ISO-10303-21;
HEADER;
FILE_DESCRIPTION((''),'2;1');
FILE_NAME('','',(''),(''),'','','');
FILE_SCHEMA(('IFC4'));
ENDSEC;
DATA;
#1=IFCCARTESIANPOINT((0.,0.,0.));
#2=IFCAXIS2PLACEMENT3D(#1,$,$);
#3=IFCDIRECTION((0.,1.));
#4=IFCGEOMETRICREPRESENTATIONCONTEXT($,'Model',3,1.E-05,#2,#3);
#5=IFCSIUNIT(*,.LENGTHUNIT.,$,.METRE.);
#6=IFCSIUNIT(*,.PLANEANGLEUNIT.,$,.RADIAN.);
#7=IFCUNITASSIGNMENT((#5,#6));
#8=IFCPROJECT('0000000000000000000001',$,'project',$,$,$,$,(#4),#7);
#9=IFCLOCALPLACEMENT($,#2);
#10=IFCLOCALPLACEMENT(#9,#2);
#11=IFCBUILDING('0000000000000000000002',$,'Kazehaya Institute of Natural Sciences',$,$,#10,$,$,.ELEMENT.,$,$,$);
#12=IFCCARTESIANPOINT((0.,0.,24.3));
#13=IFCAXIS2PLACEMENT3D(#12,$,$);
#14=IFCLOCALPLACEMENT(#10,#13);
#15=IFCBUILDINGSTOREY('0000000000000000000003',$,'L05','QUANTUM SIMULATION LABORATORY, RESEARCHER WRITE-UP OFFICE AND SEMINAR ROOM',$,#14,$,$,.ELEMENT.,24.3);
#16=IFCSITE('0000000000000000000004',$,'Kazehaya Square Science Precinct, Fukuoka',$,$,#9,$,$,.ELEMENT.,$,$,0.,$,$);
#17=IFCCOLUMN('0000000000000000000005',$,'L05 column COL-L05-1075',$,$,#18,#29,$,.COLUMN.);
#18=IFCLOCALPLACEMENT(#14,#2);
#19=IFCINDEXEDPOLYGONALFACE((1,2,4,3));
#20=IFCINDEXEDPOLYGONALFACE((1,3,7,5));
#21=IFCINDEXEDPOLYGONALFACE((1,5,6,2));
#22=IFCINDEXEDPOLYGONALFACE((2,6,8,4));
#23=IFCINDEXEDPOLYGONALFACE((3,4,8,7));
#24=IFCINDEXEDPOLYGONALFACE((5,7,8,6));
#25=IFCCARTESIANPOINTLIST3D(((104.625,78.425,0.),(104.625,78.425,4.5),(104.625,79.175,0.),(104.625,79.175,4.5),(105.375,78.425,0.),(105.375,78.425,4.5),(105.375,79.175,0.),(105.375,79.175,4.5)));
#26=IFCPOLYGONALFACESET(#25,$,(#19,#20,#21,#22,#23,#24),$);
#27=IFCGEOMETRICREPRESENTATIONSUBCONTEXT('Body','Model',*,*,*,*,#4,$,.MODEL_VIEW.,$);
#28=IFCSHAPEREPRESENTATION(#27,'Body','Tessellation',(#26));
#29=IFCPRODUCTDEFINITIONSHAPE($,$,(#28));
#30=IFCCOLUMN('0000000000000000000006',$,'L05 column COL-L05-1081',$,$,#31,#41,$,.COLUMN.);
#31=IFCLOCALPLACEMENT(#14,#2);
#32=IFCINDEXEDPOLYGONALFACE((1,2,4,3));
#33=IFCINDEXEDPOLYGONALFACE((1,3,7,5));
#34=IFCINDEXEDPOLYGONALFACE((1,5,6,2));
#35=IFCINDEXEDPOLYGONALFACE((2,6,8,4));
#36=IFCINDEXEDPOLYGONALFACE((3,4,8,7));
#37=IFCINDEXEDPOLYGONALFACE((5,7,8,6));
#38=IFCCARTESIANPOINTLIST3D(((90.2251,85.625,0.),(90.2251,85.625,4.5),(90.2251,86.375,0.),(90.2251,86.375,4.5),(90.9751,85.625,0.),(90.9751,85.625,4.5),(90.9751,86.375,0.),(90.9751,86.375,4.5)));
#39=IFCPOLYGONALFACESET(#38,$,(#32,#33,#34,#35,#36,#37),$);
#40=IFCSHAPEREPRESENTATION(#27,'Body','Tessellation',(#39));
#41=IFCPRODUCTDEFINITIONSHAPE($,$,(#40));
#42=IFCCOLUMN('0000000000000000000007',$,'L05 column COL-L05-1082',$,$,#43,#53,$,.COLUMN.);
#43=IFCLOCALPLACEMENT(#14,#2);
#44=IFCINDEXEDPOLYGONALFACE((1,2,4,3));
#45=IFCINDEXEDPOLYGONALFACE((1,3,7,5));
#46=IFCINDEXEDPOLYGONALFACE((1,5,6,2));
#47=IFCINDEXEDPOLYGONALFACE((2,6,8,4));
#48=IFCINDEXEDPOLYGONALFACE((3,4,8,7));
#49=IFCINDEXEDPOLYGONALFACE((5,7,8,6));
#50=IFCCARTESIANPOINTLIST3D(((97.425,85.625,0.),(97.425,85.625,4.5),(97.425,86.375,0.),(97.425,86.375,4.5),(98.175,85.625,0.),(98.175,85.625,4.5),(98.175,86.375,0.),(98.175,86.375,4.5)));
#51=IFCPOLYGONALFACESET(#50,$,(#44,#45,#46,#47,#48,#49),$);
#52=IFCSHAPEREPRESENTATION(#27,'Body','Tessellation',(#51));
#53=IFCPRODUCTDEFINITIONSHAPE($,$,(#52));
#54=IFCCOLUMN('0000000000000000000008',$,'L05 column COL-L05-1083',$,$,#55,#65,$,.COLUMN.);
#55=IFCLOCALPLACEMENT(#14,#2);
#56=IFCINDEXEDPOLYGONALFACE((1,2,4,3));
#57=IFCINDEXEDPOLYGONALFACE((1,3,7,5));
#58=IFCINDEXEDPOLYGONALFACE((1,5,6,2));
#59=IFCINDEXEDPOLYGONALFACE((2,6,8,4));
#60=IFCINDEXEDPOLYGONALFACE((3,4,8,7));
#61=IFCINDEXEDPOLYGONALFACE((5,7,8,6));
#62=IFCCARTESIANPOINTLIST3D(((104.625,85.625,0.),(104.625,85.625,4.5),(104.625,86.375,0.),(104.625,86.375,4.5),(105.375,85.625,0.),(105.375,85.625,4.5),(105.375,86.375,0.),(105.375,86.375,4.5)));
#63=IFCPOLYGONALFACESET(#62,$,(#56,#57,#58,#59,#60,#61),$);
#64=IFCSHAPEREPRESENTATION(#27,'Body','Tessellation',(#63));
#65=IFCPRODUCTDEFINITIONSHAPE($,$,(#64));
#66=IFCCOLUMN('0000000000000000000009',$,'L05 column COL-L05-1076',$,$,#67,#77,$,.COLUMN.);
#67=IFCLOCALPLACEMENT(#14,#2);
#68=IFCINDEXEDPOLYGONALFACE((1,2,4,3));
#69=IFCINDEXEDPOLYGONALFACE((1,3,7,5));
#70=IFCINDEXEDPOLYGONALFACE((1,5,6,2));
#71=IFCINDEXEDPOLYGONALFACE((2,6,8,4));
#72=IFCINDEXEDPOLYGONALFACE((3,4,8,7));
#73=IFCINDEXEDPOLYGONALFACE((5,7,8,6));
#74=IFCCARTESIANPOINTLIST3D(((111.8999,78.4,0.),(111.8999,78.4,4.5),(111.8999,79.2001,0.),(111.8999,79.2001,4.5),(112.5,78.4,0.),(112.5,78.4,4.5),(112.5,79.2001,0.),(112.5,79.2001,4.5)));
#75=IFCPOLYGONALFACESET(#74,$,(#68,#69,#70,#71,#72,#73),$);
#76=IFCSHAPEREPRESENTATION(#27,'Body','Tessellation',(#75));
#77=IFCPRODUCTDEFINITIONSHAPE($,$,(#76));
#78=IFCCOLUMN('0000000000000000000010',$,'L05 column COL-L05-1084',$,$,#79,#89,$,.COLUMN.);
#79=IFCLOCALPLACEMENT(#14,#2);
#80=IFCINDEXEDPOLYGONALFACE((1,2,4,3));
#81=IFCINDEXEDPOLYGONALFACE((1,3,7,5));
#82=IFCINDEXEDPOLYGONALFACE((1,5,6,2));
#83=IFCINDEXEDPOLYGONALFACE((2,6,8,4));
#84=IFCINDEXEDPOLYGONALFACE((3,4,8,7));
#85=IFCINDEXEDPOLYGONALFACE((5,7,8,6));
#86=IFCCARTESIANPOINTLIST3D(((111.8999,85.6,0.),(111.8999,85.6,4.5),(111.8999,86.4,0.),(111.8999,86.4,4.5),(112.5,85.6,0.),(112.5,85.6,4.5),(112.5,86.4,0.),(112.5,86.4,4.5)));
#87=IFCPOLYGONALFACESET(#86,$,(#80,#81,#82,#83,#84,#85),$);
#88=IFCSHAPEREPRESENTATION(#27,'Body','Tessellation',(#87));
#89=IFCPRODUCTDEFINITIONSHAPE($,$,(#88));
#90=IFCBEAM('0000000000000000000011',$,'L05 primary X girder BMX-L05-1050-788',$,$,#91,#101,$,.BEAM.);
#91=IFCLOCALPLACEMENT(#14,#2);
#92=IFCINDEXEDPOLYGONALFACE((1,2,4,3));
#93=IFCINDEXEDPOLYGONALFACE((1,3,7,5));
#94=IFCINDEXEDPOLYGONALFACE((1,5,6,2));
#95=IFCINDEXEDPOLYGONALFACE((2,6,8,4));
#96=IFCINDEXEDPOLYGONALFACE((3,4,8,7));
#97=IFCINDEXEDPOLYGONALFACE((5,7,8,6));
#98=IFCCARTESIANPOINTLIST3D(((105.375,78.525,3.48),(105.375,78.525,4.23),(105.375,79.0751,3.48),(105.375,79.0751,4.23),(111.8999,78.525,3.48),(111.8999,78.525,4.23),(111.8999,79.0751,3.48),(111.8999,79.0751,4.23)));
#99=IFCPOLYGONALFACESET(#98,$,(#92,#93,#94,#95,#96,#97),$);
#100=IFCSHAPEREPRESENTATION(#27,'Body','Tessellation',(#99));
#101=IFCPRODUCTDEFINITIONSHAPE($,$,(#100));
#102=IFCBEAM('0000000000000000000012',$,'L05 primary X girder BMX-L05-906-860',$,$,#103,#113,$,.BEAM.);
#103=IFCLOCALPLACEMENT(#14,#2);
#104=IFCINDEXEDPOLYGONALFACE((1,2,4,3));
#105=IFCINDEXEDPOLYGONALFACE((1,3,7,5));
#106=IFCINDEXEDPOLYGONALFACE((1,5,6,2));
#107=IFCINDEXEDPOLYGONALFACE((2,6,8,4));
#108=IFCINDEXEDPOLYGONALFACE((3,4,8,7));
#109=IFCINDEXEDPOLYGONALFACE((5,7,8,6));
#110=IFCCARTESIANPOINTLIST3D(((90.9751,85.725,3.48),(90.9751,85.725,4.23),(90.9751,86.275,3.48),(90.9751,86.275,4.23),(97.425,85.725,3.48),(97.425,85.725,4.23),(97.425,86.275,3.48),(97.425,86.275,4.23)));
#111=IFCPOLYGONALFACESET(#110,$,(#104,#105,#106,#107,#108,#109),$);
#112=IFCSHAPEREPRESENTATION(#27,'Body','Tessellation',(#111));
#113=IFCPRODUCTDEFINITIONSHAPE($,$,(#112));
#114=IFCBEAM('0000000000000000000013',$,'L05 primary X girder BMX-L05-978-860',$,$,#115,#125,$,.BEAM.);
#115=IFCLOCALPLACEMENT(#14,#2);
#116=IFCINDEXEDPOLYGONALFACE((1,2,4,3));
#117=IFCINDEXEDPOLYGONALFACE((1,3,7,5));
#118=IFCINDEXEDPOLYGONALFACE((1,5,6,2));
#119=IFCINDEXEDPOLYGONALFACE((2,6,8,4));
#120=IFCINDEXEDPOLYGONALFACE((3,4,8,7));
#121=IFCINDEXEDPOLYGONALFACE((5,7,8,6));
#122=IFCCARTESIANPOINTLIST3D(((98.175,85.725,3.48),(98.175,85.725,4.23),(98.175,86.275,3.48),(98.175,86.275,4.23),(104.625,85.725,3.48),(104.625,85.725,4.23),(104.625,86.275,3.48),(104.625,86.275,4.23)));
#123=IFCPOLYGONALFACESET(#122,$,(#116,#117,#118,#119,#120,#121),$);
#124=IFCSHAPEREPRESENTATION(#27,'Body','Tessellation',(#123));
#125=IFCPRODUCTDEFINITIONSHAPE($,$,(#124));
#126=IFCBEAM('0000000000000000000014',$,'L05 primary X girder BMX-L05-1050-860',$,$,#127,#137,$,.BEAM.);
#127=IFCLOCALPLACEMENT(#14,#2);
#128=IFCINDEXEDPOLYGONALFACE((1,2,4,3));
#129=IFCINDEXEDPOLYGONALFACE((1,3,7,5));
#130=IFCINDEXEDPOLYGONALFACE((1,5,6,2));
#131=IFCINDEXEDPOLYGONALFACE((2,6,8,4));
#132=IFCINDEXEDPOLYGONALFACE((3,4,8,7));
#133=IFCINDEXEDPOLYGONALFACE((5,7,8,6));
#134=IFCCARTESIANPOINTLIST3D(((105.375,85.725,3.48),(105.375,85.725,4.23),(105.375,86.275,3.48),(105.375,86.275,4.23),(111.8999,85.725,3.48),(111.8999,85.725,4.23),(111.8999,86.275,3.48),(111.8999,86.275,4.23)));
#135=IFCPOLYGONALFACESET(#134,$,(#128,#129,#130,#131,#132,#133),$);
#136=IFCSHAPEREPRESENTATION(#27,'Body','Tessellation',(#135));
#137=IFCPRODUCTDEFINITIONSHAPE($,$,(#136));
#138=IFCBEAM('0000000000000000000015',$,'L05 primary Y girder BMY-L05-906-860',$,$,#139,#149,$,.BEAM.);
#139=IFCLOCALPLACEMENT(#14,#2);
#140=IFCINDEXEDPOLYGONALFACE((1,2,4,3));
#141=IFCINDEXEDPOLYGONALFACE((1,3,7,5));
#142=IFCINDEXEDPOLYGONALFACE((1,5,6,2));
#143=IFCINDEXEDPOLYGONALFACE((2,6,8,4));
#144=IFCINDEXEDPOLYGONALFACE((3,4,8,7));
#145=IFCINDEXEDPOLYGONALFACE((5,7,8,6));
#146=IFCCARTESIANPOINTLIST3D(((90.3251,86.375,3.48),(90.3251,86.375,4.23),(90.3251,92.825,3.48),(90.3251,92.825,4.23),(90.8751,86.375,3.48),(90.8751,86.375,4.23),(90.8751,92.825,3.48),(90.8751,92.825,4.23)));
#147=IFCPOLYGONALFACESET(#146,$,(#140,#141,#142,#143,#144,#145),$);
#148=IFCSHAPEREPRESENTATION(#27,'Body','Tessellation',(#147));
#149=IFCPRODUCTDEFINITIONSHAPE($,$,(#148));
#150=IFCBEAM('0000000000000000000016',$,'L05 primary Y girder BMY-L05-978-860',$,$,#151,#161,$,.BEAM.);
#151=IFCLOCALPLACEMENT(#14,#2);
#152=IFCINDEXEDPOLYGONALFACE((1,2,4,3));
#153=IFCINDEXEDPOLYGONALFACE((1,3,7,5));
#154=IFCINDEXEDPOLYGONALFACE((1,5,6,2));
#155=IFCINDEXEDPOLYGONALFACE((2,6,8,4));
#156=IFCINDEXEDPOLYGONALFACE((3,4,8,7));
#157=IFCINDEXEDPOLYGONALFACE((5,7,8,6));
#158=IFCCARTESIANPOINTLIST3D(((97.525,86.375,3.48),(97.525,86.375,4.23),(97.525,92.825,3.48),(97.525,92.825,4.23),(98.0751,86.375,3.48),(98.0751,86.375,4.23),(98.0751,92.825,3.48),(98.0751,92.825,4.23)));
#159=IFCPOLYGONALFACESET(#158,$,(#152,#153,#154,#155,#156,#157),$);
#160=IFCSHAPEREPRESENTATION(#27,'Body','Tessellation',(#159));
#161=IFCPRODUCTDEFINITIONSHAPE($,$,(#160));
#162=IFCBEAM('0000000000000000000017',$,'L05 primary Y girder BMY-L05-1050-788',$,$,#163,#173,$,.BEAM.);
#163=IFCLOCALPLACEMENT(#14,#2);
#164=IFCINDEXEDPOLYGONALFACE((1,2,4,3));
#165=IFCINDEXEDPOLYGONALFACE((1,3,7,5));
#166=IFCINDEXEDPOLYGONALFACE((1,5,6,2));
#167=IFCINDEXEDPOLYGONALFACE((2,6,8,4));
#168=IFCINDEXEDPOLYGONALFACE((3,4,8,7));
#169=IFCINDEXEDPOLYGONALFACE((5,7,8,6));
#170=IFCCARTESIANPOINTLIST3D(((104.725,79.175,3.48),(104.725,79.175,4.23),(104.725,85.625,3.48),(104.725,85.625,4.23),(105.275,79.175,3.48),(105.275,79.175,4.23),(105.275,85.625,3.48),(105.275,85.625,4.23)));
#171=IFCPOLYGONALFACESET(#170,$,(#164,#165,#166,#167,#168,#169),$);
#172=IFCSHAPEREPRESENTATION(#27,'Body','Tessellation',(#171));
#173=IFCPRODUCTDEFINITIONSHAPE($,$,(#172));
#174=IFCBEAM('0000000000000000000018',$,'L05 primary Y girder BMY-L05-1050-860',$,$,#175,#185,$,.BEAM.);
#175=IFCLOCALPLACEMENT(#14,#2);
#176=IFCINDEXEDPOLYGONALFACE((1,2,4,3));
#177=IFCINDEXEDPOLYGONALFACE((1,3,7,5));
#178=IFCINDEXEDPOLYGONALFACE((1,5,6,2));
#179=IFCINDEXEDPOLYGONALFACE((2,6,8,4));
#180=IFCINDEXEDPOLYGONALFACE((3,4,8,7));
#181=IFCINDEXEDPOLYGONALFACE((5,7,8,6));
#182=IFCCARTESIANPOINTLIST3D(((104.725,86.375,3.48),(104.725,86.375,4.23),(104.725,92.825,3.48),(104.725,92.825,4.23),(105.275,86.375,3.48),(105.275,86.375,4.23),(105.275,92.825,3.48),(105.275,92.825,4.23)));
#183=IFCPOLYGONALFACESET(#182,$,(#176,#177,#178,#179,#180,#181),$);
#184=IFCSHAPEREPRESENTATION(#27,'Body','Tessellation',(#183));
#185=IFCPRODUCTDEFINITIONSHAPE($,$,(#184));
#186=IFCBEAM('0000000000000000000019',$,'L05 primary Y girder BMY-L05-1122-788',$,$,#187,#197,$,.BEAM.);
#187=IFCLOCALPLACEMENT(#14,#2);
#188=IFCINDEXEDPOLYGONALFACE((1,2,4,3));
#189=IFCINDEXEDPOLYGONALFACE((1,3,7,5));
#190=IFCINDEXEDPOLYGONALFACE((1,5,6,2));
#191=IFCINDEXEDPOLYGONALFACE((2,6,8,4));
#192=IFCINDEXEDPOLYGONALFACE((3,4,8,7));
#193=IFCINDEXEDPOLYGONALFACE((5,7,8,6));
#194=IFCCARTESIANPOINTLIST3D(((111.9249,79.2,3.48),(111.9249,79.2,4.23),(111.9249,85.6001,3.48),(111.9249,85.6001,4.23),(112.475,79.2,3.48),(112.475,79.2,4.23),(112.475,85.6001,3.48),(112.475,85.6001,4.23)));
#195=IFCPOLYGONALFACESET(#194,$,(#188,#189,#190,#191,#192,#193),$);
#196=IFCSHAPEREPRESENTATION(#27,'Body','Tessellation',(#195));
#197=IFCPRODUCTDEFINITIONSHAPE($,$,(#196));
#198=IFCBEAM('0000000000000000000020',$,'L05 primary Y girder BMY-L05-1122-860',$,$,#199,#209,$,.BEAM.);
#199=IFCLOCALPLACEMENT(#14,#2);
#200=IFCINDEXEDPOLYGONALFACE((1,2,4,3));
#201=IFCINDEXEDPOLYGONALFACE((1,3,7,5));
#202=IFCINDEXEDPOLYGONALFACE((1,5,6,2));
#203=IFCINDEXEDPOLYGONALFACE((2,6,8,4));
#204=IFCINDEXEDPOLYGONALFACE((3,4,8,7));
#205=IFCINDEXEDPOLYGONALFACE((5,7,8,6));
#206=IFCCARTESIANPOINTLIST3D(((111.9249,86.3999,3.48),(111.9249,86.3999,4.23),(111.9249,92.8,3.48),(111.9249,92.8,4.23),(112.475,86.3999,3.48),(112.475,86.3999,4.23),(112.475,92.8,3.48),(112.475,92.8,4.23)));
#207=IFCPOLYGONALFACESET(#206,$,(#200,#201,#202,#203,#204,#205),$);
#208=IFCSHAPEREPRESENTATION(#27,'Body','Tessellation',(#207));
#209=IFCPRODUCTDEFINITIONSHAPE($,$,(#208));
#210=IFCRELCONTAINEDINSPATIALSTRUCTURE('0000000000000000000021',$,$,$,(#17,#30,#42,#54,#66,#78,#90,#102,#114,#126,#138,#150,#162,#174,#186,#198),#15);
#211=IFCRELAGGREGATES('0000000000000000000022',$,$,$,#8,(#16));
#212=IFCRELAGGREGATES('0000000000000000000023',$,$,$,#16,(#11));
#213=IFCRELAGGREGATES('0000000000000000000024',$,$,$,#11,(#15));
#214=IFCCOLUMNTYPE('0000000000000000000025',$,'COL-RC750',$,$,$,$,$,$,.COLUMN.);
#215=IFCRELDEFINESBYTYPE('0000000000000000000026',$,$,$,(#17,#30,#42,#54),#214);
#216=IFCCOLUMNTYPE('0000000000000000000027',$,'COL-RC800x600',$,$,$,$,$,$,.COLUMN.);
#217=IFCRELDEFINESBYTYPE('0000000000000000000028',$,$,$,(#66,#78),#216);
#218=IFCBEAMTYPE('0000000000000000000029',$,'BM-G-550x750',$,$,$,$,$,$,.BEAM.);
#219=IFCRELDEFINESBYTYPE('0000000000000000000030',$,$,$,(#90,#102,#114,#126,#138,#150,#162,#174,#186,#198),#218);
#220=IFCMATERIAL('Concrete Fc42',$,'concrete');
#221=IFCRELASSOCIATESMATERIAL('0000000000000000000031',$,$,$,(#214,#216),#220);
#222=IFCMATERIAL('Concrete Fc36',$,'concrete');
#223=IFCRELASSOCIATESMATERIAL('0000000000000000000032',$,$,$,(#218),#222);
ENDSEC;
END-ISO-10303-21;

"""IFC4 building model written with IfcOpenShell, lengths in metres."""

from ifc_helpers import new_model, si_unit, direction, frame, origin, origin_2d, place, context, subcontext, project, spatial, rectangle, extrude, material, material_profile, profile_set, type_object, element, save


model = new_model("IFC4")

# Units and contexts
model_context = context("Model", 3, precision=1e-05, world=origin(), true_north=direction((0.0, 1.0)))
body_context = subcontext(model_context, "Body", "Model", "MODEL_VIEW")
ifc_project = project(units=[si_unit("LENGTHUNIT", "METRE"), si_unit("PLANEANGLEUNIT", "RADIAN")], contexts=[model_context])

# Site, building, storey
site_placement = place(None, origin())
site = spatial("IfcSite", under=ifc_project, at=site_placement, Name="Kazehaya Square Science Precinct, Fukuoka", CompositionType="ELEMENT", RefElevation=0.0)
building_placement = place(site_placement, origin())
building = spatial("IfcBuilding", under=site, at=building_placement, Name="Kazehaya Institute of Natural Sciences", CompositionType="ELEMENT")
storey_placement = place(building_placement, frame((0.0, 0.0, 24.3)))
storey = spatial("IfcBuildingStorey", under=building, at=storey_placement, Name="L05", Description="QUANTUM SIMULATION LABORATORY, RESEARCHER WRITE-UP OFFICE AND SEMINAR ROOM", CompositionType="ELEMENT", Elevation=24.3)

# Columns
ifc_material_1 = material(Name="Concrete Fc42", Category="concrete")
ifc_material_profile_1 = material_profile(ifc_material_1, rectangle(XDim=0.75, YDim=0.75, at=origin_2d()), Name="RC-750x750")
ifc_profile_set_1 = profile_set([ifc_material_profile_1], Name="Concrete Fc42")
column_type_1 = type_object("IfcColumnType", Name="COL-RC750", PredefinedType="COLUMN", material=ifc_profile_set_1)
for number, where, z_axis, x_axis, name in (
    (1, (105.0, 78.8, 0.0), (0.0, 0.0, 1.0), (1.0, 0.0, 0.0), "L05 column COL-L05-1075"),
    (2, (90.6001, 86.0, 0.0), (0.0, 0.0, 1.0), (1.0, 0.0, 0.0), "L05 column COL-L05-1081"),
    (3, (97.8, 86.0, 0.0), (0.0, 0.0, 1.0), (1.0, 0.0, 0.0), "L05 column COL-L05-1082"),
    (4, (105.0, 86.0, 0.0), (0.0, 0.0, 1.0), (1.0, 0.0, 0.0), "L05 column COL-L05-1083"),
):
    element("IfcColumn", number, at=place(storey_placement, frame(where, z_axis=z_axis, x_axis=x_axis)), inside=storey, type_object=column_type_1, Name=name, PredefinedType="COLUMN", context=body_context, shape_type="SweptSolid", body=[
        extrude(rectangle(XDim=0.75, YDim=0.75, at=origin_2d()), origin(), (0.0, 0.0, 1.0), 4.5),
    ])
ifc_material_profile_2 = material_profile(ifc_material_1, rectangle(XDim=0.6001, YDim=0.8, at=origin_2d()), Name="RC-800x600")
ifc_profile_set_2 = profile_set([ifc_material_profile_2], Name="Concrete Fc42")
column_type_2 = type_object("IfcColumnType", Name="COL-RC800x600", PredefinedType="COLUMN", material=ifc_profile_set_2)
for number, where, z_axis, x_axis, name in (
    (5, (112.2, 78.8, 0.0), (0.0, 0.0, 1.0), (1.0, 0.0, 0.0), "L05 column COL-L05-1076"),
    (6, (112.2, 86.0, 0.0), (0.0, 0.0, 1.0), (1.0, 0.0, 0.0), "L05 column COL-L05-1084"),
):
    element("IfcColumn", number, at=place(storey_placement, frame(where, z_axis=z_axis, x_axis=x_axis)), inside=storey, type_object=column_type_2, Name=name, PredefinedType="COLUMN", context=body_context, shape_type="SweptSolid", body=[
        extrude(rectangle(XDim=0.6001, YDim=0.8, at=origin_2d()), origin(), (0.0, 0.0, 1.0), 4.5),
    ])

# Beams
ifc_material_2 = material(Name="Concrete Fc36", Category="concrete")
ifc_material_profile_3 = material_profile(ifc_material_2, rectangle(XDim=0.55, YDim=0.75, at=origin_2d()), Name="RC-550x750")
ifc_profile_set_3 = profile_set([ifc_material_profile_3], Name="Concrete Fc36")
beam_type = type_object("IfcBeamType", Name="BM-G-550x750", PredefinedType="BEAM", material=ifc_profile_set_3)
beam_1_placement = place(storey_placement, frame((105.375, 78.8, 3.855), z_axis=(1.0, 0.0, 0.0), x_axis=(0.0, 1.0, 0.0)))
element("IfcBeam", 7, at=beam_1_placement, inside=storey, type_object=beam_type, Name="L05 primary X girder BMX-L05-1050-788", PredefinedType="BEAM", context=body_context, shape_type="SweptSolid", body=[
    extrude(rectangle(XDim=0.55, YDim=0.75, at=origin_2d()), origin(), (0.0, 0.0, 1.0), 6.5249),
])
for number, where, z_axis, x_axis, name in (
    (8, (90.9751, 86.0, 3.855), (1.0, 0.0, 0.0), (0.0, 1.0, 0.0), "L05 primary X girder BMX-L05-906-860"),
    (9, (98.175, 86.0, 3.855), (1.0, 0.0, 0.0), (0.0, 1.0, 0.0), "L05 primary X girder BMX-L05-978-860"),
):
    element("IfcBeam", number, at=place(storey_placement, frame(where, z_axis=z_axis, x_axis=x_axis)), inside=storey, type_object=beam_type, Name=name, PredefinedType="BEAM", context=body_context, shape_type="SweptSolid", body=[
        extrude(rectangle(XDim=0.55, YDim=0.75, at=origin_2d()), origin(), (0.0, 0.0, 1.0), 6.45),
    ])
beam_2_placement = place(storey_placement, frame((105.375, 86.0, 3.855), z_axis=(1.0, 0.0, 0.0), x_axis=(0.0, 1.0, 0.0)))
element("IfcBeam", 10, at=beam_2_placement, inside=storey, type_object=beam_type, Name="L05 primary X girder BMX-L05-1050-860", PredefinedType="BEAM", context=body_context, shape_type="SweptSolid", body=[
    extrude(rectangle(XDim=0.55, YDim=0.75, at=origin_2d()), origin(), (0.0, 0.0, 1.0), 6.5249),
])
for number, where, z_axis, x_axis, name in (
    (11, (90.6001, 86.375, 3.855), (0.0, 1.0, 0.0), (-1.0, 0.0, 0.0), "L05 primary Y girder BMY-L05-906-860"),
    (12, (97.8, 86.375, 3.855), (0.0, 1.0, 0.0), (-1.0, 0.0, 0.0), "L05 primary Y girder BMY-L05-978-860"),
    (13, (105.0, 79.175, 3.855), (0.0, 1.0, 0.0), (-1.0, 0.0, 0.0), "L05 primary Y girder BMY-L05-1050-788"),
    (14, (105.0, 86.375, 3.855), (0.0, 1.0, 0.0), (-1.0, 0.0, 0.0), "L05 primary Y girder BMY-L05-1050-860"),
):
    element("IfcBeam", number, at=place(storey_placement, frame(where, z_axis=z_axis, x_axis=x_axis)), inside=storey, type_object=beam_type, Name=name, PredefinedType="BEAM", context=body_context, shape_type="SweptSolid", body=[
        extrude(rectangle(XDim=0.55, YDim=0.75, at=origin_2d()), origin(), (0.0, 0.0, 1.0), 6.45),
    ])
for number, where, z_axis, x_axis, name in (
    (15, (112.2, 79.2, 3.855), (0.0, 1.0, 0.0), (-1.0, 0.0, 0.0), "L05 primary Y girder BMY-L05-1122-788"),
    (16, (112.2, 86.3999, 3.855), (0.0, 1.0, 0.0), (-1.0, 0.0, 0.0), "L05 primary Y girder BMY-L05-1122-860"),
):
    element("IfcBeam", number, at=place(storey_placement, frame(where, z_axis=z_axis, x_axis=x_axis)), inside=storey, type_object=beam_type, Name=name, PredefinedType="BEAM", context=body_context, shape_type="SweptSolid", body=[
        extrude(rectangle(XDim=0.55, YDim=0.75, at=origin_2d()), origin(), (0.0, 0.0, 1.0), 6.4001),
    ])

save(model, "model.ifc")
